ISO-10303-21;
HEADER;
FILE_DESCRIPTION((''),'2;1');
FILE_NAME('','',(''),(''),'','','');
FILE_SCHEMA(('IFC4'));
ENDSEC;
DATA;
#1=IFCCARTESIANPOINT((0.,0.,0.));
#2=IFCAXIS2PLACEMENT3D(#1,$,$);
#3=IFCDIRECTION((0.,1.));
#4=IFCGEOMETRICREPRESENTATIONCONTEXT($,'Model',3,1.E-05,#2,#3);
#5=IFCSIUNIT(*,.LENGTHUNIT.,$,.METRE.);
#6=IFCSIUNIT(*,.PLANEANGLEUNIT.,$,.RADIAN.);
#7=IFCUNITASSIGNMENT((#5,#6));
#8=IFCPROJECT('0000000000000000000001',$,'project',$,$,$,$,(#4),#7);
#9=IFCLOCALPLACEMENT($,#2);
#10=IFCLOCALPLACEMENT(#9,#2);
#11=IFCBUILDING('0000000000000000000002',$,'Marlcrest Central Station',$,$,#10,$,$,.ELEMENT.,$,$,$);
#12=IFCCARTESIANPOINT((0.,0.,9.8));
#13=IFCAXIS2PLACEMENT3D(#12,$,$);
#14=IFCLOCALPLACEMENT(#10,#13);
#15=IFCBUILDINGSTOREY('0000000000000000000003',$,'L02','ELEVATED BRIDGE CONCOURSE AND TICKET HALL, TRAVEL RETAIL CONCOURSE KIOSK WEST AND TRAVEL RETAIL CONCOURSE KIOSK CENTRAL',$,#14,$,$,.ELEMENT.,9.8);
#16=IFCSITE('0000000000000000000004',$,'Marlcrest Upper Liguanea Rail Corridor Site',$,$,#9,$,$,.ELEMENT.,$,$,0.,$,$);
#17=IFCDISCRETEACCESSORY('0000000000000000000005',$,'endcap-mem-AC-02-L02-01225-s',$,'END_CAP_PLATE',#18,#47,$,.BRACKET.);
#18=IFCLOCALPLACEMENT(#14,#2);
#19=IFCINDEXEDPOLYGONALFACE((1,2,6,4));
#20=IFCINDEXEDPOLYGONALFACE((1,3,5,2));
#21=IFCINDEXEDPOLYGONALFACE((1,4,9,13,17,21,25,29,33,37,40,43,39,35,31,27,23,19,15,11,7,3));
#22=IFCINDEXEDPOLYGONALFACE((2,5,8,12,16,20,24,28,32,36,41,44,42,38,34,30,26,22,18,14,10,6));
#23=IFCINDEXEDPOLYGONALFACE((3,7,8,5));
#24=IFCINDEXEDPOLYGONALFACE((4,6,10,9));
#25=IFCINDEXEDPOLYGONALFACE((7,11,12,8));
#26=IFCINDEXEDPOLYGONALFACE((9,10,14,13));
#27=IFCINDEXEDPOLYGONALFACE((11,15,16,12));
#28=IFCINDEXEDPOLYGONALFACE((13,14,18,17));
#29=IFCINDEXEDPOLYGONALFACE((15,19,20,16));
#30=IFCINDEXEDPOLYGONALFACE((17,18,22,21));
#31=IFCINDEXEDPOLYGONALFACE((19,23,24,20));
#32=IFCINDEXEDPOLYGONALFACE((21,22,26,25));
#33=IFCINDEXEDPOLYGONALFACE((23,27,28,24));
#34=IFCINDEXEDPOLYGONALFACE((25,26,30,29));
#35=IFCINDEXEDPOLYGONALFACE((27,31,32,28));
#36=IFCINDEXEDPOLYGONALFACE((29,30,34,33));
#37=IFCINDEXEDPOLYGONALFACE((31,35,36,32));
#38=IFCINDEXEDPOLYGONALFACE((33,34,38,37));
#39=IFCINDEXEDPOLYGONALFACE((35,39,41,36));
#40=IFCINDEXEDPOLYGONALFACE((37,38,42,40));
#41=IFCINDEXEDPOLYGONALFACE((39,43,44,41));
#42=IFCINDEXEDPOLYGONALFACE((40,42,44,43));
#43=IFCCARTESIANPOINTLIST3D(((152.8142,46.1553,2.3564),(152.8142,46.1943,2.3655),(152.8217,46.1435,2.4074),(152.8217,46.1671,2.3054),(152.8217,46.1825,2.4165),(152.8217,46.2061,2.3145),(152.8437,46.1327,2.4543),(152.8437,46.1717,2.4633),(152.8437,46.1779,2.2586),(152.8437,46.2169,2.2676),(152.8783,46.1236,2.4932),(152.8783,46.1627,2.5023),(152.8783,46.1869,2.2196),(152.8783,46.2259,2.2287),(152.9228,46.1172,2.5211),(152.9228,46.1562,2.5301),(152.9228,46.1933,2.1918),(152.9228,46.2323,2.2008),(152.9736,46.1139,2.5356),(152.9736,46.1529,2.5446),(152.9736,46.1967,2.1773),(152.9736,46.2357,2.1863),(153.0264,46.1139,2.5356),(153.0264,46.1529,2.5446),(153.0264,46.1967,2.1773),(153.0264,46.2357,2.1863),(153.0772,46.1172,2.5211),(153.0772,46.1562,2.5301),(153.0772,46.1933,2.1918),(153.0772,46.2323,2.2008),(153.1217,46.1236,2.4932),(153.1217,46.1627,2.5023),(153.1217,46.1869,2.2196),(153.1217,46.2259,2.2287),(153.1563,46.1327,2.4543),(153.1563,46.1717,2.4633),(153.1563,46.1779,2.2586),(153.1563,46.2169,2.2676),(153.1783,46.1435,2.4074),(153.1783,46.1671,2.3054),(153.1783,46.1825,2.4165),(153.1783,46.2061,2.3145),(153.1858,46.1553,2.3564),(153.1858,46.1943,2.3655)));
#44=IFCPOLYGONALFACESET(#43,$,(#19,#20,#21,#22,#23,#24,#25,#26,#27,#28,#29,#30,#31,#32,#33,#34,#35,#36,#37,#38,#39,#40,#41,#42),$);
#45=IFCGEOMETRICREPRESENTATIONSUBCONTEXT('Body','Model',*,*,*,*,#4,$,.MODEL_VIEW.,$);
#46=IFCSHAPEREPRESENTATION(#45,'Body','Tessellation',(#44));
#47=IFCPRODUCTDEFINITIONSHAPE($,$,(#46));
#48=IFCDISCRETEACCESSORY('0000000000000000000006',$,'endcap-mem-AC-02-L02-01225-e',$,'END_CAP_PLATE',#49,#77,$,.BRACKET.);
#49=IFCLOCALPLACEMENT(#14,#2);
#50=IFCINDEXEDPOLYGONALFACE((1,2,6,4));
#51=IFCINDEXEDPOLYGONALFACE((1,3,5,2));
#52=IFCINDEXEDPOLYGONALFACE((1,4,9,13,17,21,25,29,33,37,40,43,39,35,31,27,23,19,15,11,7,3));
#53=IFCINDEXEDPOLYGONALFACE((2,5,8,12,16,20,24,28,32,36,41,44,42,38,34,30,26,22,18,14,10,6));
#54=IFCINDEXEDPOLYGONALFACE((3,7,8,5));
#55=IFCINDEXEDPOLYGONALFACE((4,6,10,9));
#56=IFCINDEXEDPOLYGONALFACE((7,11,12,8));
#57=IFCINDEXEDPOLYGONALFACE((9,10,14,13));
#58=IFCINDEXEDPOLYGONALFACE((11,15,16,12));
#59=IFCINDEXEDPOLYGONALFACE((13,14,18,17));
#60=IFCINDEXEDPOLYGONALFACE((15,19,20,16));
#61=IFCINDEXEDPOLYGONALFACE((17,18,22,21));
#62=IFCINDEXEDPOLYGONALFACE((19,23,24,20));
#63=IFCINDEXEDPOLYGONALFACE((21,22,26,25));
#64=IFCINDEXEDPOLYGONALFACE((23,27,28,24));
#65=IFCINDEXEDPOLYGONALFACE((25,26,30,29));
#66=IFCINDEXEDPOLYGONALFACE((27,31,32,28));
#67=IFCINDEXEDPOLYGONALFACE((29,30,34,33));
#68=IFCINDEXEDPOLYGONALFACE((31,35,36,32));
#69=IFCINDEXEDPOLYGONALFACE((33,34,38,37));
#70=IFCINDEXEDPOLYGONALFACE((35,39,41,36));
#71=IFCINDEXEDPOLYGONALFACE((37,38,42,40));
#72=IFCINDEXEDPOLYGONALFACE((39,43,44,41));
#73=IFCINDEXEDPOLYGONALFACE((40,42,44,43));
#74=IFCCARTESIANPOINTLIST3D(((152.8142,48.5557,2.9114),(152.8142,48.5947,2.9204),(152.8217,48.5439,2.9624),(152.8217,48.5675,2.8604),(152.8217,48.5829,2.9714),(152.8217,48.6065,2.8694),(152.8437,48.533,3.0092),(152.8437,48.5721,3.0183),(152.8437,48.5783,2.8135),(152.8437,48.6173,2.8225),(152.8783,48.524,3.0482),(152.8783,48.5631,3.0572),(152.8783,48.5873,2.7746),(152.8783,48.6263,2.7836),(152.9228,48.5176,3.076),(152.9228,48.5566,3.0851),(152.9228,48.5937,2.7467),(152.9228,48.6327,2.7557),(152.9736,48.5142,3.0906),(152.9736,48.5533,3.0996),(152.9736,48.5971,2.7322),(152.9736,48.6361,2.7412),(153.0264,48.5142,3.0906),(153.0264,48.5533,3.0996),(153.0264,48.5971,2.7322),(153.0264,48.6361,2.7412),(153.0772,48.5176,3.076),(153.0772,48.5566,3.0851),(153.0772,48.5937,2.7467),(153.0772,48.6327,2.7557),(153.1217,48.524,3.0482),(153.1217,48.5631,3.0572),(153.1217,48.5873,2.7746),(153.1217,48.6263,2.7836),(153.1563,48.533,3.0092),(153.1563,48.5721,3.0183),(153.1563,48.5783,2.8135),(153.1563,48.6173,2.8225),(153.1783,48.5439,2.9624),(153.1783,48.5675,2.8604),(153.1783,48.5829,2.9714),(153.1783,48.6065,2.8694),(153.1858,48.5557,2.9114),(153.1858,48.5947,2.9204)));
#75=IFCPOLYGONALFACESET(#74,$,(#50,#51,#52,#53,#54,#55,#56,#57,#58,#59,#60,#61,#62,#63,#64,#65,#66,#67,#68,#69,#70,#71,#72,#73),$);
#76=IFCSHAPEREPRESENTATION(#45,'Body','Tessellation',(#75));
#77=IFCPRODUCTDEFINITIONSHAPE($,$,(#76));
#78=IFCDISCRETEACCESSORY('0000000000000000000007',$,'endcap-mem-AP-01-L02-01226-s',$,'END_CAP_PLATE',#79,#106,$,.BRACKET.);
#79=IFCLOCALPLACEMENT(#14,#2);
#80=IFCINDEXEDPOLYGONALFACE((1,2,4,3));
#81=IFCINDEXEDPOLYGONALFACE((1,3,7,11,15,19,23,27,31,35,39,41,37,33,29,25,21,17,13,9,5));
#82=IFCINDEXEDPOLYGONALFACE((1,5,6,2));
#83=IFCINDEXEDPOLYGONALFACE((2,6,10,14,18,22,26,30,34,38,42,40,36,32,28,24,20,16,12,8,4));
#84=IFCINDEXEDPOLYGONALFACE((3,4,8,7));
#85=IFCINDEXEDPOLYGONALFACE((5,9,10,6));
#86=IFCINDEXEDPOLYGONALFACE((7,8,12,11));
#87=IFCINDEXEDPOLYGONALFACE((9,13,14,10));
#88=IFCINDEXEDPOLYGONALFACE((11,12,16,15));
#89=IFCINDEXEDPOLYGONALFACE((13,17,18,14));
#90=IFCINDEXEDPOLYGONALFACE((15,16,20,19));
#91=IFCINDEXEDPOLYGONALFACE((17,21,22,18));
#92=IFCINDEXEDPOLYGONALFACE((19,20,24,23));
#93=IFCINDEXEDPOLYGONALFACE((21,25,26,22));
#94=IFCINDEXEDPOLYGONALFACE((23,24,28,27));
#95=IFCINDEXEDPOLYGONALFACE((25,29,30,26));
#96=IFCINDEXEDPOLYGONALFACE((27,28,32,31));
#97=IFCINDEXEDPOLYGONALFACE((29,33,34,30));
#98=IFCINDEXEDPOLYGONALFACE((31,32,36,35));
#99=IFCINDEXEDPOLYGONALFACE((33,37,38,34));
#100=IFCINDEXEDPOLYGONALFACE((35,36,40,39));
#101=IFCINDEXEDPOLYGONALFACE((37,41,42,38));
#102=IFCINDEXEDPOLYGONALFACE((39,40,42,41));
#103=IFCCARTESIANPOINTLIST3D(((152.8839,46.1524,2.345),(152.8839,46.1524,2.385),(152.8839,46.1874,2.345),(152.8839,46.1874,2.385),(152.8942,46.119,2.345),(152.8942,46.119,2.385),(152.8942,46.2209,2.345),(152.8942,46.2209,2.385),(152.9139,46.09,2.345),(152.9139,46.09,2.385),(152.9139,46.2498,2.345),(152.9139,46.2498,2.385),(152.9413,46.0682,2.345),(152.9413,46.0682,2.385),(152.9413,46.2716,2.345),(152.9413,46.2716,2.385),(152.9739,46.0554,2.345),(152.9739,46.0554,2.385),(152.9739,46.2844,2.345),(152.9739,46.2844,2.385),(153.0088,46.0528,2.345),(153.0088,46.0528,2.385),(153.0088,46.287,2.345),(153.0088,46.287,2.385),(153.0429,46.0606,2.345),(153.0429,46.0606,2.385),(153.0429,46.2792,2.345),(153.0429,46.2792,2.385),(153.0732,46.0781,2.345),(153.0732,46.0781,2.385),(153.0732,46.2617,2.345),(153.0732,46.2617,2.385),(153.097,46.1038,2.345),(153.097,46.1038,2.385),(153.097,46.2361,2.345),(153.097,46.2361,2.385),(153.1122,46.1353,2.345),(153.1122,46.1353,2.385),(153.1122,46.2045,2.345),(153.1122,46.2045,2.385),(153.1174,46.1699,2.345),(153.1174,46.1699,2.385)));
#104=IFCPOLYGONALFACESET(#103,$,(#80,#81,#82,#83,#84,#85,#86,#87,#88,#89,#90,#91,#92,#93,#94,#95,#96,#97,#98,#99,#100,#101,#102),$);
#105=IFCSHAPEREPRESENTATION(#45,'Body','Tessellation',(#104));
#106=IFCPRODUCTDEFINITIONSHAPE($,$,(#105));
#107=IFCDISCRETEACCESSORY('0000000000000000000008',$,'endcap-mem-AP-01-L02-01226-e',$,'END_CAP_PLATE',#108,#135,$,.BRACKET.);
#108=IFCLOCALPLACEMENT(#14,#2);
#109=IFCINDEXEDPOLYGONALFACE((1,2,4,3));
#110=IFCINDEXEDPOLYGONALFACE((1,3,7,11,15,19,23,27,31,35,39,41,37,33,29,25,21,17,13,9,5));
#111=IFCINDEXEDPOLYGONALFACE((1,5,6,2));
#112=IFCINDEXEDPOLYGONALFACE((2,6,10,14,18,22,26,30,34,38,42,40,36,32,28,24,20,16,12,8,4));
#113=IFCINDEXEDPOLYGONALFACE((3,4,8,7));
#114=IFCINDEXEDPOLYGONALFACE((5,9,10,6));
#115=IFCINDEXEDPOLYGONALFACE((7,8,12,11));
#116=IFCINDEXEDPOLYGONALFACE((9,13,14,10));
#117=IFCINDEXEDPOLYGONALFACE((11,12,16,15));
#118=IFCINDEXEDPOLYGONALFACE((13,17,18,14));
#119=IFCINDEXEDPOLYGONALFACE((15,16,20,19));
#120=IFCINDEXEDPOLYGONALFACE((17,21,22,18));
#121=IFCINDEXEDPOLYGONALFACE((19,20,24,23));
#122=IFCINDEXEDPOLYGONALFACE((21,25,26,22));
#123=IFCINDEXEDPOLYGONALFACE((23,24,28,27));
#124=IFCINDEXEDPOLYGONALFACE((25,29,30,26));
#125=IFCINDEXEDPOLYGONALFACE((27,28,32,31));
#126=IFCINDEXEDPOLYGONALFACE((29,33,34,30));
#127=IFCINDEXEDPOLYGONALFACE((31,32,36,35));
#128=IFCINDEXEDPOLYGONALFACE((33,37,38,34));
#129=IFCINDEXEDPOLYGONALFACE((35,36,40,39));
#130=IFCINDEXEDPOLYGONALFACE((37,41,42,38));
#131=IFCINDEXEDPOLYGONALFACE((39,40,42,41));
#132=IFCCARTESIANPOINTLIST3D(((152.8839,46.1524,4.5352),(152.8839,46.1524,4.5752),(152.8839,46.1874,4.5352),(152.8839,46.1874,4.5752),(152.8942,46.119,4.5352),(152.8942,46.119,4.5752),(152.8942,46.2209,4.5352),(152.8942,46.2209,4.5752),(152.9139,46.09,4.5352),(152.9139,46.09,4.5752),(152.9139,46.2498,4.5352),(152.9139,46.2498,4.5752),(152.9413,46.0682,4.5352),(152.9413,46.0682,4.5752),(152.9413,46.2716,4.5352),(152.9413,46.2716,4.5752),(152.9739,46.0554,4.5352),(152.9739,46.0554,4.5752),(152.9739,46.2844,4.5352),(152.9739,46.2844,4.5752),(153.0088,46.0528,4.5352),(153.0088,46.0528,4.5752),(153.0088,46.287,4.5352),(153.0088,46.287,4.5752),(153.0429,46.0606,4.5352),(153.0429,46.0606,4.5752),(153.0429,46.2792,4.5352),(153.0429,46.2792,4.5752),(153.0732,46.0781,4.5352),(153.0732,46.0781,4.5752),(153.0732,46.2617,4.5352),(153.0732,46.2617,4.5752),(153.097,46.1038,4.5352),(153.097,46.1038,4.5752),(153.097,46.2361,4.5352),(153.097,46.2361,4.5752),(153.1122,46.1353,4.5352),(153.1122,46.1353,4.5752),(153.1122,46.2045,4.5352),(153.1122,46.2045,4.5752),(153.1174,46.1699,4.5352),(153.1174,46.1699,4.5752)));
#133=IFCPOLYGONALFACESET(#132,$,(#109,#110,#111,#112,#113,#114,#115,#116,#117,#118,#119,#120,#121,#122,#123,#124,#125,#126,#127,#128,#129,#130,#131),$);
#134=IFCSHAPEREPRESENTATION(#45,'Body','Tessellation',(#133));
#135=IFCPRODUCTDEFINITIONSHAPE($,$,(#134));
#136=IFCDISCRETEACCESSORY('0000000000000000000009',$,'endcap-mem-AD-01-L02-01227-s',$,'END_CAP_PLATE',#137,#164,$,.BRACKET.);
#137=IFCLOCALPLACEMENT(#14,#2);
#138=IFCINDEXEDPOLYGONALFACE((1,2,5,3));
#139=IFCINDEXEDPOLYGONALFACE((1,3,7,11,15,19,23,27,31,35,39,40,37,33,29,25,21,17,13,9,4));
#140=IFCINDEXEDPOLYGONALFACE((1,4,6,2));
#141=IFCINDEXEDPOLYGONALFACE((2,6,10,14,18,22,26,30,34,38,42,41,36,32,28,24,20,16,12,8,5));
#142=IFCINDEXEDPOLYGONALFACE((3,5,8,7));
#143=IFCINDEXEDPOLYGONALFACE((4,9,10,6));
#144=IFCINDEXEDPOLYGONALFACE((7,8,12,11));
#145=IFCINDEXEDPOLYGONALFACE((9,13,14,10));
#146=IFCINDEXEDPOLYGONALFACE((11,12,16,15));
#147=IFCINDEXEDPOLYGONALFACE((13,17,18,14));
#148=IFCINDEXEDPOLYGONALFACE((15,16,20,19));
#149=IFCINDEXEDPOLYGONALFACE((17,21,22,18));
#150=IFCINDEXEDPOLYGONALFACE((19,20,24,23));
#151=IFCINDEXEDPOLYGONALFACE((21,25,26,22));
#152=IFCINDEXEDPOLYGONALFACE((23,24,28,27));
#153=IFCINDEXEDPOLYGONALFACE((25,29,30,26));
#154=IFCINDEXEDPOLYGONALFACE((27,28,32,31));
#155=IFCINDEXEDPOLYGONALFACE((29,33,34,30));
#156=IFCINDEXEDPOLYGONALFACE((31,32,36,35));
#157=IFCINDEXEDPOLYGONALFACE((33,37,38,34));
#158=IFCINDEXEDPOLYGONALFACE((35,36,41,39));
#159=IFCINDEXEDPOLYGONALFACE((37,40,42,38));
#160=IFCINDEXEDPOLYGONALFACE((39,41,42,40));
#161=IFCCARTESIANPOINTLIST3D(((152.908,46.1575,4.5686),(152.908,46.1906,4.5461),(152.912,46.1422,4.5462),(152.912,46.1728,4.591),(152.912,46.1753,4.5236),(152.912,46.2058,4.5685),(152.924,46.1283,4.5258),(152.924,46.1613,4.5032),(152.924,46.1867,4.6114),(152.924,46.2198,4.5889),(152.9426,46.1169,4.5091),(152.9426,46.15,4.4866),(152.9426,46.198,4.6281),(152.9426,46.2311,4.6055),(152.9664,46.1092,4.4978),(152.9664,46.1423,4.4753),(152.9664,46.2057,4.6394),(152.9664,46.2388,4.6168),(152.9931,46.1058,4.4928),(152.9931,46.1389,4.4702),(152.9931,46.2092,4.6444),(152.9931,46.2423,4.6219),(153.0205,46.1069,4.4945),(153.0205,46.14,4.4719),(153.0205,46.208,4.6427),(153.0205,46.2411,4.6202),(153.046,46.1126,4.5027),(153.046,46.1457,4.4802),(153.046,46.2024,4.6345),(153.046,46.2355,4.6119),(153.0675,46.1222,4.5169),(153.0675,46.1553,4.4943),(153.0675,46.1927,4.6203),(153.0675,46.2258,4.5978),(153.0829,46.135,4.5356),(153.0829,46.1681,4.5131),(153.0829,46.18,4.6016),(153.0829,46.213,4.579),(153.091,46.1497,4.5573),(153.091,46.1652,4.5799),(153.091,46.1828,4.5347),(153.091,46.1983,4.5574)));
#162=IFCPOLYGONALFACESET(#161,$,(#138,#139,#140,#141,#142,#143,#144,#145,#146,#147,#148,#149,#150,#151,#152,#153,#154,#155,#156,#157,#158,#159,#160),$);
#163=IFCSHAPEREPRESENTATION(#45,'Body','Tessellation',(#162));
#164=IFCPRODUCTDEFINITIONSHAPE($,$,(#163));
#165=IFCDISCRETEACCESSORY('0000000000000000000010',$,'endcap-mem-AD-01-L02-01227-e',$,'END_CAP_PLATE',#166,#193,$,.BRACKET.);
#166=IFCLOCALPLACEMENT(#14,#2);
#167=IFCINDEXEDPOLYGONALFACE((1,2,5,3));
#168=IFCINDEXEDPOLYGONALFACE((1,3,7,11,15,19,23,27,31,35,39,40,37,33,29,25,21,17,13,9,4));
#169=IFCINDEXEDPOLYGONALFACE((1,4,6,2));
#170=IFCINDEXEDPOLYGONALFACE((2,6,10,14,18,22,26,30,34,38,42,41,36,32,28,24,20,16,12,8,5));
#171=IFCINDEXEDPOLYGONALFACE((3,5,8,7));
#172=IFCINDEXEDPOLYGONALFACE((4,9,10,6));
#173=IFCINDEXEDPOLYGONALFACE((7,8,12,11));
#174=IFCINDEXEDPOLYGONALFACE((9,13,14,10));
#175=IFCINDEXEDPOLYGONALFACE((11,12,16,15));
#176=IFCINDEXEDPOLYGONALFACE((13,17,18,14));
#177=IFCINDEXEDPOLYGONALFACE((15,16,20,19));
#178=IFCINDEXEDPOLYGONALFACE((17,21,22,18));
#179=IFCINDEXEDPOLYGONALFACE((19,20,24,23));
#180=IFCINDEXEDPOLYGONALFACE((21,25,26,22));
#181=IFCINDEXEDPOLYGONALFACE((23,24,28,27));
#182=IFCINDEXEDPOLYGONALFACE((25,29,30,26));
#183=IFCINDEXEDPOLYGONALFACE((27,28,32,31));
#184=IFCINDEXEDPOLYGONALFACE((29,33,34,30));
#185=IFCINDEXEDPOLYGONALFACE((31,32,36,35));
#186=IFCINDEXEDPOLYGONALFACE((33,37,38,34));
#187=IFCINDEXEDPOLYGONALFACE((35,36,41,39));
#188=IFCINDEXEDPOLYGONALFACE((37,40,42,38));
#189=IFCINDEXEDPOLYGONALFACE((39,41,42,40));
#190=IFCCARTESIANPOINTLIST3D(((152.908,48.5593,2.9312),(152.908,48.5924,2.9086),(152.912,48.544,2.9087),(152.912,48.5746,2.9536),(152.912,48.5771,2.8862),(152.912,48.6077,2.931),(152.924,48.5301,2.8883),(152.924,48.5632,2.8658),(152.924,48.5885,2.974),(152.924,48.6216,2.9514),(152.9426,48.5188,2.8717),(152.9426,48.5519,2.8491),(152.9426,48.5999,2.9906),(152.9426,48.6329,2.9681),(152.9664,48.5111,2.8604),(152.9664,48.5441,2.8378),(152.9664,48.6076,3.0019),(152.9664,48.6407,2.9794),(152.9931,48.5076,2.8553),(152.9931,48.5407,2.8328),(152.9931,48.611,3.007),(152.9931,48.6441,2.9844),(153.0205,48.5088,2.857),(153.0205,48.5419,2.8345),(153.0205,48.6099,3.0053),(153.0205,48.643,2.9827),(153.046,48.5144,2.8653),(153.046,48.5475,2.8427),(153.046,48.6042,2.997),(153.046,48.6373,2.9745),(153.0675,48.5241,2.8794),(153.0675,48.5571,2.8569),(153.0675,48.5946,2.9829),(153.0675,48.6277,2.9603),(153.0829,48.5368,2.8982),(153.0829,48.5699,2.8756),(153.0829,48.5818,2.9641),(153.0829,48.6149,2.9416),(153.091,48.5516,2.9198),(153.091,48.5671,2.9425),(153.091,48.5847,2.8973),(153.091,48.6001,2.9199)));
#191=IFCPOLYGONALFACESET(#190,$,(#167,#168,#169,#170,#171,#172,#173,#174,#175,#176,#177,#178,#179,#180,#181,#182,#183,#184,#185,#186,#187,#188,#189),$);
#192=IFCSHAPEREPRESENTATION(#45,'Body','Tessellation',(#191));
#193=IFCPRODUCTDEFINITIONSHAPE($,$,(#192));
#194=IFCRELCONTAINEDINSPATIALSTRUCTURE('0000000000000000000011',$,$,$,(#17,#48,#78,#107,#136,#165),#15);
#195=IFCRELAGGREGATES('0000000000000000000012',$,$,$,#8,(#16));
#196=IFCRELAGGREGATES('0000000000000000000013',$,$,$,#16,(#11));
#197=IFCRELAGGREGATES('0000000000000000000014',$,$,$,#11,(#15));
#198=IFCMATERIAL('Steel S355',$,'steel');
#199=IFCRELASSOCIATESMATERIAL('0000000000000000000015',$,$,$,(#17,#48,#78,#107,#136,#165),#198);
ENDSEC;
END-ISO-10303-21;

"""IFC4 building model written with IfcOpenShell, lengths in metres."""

from ifc_helpers import new_model, si_unit, direction, frame, origin, origin_2d, place, context, subcontext, project, spatial, circle, extrude, material, element, save


model = new_model("IFC4")

# Units and contexts
model_context = context("Model", 3, precision=1e-05, world=origin(), true_north=direction((0.0, 1.0)))
body_context = subcontext(model_context, "Body", "Model", "MODEL_VIEW")
ifc_project = project(units=[si_unit("LENGTHUNIT", "METRE"), si_unit("PLANEANGLEUNIT", "RADIAN")], contexts=[model_context])

# Site, building, storey
site_placement = place(None, origin())
site = spatial("IfcSite", under=ifc_project, at=site_placement, Name="Marlcrest Upper Liguanea Rail Corridor Site", CompositionType="ELEMENT", RefElevation=0.0)
building_placement = place(site_placement, origin())
building = spatial("IfcBuilding", under=site, at=building_placement, Name="Marlcrest Central Station", CompositionType="ELEMENT")
storey_placement = place(building_placement, frame((0.0, 0.0, 9.8)))
storey = spatial("IfcBuildingStorey", under=building, at=storey_placement, Name="L02", Description="ELEVATED BRIDGE CONCOURSE AND TICKET HALL, TRAVEL RETAIL CONCOURSE KIOSK WEST AND TRAVEL RETAIL CONCOURSE KIOSK CENTRAL", CompositionType="ELEMENT", Elevation=9.8)

# Shared definitions
ifc_material_1 = material(Name="Steel S355", Category="steel")

# Discrete accessories
for number, where, z_axis, x_axis, name in (
    (1, (153.0, 46.1553, 2.3564), (0.0, 0.974308, 0.22522), (-1.0, 0.0, 0.0), "endcap-mem-AC-02-L02-01225-s"),
    (2, (153.0, 48.5557, 2.9114), (0.0, 0.974308, 0.22522), (-1.0, 0.0, 0.0), "endcap-mem-AC-02-L02-01225-e"),
):
    element("IfcDiscreteAccessory", number, at=place(storey_placement, frame(where, z_axis=z_axis, x_axis=x_axis)), inside=storey, material=ifc_material_1, Name=name, ObjectType="END_CAP_PLATE", PredefinedType="BRACKET", context=body_context, shape_type="SweptSolid", body=[
        extrude(circle(Radius=0.1858, at=origin_2d()), origin(), (0.0, 0.0, 1.0), 0.04),
    ])
for number, where, z_axis, x_axis, name in (
    (3, (153.0, 46.1699, 2.345), (0.0, 0.0, 1.0), (1.0, 0.0, 0.0), "endcap-mem-AP-01-L02-01226-s"),
    (4, (153.0, 46.1699, 4.5352), (0.0, 0.0, 1.0), (1.0, 0.0, 0.0), "endcap-mem-AP-01-L02-01226-e"),
):
    element("IfcDiscreteAccessory", number, at=place(storey_placement, frame(where, z_axis=z_axis, x_axis=x_axis)), inside=storey, material=ifc_material_1, Name=name, ObjectType="END_CAP_PLATE", PredefinedType="BRACKET", context=body_context, shape_type="SweptSolid", body=[
        extrude(circle(Radius=0.1174, at=origin_2d()), origin(), (0.0, 0.0, 1.0), 0.04),
    ])
for number, where, z_axis, x_axis, name in (
    (5, (153.0, 46.1575, 4.5686), (0.0, 0.826263, -0.563285), (-1.0, 0.0, 0.0), "endcap-mem-AD-01-L02-01227-s"),
    (6, (153.0, 48.5593, 2.9312), (0.0, 0.826263, -0.563285), (-1.0, 0.0, 0.0), "endcap-mem-AD-01-L02-01227-e"),
):
    element("IfcDiscreteAccessory", number, at=place(storey_placement, frame(where, z_axis=z_axis, x_axis=x_axis)), inside=storey, material=ifc_material_1, Name=name, ObjectType="END_CAP_PLATE", PredefinedType="BRACKET", context=body_context, shape_type="SweptSolid", body=[
        extrude(circle(Radius=0.092, at=origin_2d()), origin(), (0.0, 0.0, 1.0), 0.04),
    ])

save(model, "model.ifc")
